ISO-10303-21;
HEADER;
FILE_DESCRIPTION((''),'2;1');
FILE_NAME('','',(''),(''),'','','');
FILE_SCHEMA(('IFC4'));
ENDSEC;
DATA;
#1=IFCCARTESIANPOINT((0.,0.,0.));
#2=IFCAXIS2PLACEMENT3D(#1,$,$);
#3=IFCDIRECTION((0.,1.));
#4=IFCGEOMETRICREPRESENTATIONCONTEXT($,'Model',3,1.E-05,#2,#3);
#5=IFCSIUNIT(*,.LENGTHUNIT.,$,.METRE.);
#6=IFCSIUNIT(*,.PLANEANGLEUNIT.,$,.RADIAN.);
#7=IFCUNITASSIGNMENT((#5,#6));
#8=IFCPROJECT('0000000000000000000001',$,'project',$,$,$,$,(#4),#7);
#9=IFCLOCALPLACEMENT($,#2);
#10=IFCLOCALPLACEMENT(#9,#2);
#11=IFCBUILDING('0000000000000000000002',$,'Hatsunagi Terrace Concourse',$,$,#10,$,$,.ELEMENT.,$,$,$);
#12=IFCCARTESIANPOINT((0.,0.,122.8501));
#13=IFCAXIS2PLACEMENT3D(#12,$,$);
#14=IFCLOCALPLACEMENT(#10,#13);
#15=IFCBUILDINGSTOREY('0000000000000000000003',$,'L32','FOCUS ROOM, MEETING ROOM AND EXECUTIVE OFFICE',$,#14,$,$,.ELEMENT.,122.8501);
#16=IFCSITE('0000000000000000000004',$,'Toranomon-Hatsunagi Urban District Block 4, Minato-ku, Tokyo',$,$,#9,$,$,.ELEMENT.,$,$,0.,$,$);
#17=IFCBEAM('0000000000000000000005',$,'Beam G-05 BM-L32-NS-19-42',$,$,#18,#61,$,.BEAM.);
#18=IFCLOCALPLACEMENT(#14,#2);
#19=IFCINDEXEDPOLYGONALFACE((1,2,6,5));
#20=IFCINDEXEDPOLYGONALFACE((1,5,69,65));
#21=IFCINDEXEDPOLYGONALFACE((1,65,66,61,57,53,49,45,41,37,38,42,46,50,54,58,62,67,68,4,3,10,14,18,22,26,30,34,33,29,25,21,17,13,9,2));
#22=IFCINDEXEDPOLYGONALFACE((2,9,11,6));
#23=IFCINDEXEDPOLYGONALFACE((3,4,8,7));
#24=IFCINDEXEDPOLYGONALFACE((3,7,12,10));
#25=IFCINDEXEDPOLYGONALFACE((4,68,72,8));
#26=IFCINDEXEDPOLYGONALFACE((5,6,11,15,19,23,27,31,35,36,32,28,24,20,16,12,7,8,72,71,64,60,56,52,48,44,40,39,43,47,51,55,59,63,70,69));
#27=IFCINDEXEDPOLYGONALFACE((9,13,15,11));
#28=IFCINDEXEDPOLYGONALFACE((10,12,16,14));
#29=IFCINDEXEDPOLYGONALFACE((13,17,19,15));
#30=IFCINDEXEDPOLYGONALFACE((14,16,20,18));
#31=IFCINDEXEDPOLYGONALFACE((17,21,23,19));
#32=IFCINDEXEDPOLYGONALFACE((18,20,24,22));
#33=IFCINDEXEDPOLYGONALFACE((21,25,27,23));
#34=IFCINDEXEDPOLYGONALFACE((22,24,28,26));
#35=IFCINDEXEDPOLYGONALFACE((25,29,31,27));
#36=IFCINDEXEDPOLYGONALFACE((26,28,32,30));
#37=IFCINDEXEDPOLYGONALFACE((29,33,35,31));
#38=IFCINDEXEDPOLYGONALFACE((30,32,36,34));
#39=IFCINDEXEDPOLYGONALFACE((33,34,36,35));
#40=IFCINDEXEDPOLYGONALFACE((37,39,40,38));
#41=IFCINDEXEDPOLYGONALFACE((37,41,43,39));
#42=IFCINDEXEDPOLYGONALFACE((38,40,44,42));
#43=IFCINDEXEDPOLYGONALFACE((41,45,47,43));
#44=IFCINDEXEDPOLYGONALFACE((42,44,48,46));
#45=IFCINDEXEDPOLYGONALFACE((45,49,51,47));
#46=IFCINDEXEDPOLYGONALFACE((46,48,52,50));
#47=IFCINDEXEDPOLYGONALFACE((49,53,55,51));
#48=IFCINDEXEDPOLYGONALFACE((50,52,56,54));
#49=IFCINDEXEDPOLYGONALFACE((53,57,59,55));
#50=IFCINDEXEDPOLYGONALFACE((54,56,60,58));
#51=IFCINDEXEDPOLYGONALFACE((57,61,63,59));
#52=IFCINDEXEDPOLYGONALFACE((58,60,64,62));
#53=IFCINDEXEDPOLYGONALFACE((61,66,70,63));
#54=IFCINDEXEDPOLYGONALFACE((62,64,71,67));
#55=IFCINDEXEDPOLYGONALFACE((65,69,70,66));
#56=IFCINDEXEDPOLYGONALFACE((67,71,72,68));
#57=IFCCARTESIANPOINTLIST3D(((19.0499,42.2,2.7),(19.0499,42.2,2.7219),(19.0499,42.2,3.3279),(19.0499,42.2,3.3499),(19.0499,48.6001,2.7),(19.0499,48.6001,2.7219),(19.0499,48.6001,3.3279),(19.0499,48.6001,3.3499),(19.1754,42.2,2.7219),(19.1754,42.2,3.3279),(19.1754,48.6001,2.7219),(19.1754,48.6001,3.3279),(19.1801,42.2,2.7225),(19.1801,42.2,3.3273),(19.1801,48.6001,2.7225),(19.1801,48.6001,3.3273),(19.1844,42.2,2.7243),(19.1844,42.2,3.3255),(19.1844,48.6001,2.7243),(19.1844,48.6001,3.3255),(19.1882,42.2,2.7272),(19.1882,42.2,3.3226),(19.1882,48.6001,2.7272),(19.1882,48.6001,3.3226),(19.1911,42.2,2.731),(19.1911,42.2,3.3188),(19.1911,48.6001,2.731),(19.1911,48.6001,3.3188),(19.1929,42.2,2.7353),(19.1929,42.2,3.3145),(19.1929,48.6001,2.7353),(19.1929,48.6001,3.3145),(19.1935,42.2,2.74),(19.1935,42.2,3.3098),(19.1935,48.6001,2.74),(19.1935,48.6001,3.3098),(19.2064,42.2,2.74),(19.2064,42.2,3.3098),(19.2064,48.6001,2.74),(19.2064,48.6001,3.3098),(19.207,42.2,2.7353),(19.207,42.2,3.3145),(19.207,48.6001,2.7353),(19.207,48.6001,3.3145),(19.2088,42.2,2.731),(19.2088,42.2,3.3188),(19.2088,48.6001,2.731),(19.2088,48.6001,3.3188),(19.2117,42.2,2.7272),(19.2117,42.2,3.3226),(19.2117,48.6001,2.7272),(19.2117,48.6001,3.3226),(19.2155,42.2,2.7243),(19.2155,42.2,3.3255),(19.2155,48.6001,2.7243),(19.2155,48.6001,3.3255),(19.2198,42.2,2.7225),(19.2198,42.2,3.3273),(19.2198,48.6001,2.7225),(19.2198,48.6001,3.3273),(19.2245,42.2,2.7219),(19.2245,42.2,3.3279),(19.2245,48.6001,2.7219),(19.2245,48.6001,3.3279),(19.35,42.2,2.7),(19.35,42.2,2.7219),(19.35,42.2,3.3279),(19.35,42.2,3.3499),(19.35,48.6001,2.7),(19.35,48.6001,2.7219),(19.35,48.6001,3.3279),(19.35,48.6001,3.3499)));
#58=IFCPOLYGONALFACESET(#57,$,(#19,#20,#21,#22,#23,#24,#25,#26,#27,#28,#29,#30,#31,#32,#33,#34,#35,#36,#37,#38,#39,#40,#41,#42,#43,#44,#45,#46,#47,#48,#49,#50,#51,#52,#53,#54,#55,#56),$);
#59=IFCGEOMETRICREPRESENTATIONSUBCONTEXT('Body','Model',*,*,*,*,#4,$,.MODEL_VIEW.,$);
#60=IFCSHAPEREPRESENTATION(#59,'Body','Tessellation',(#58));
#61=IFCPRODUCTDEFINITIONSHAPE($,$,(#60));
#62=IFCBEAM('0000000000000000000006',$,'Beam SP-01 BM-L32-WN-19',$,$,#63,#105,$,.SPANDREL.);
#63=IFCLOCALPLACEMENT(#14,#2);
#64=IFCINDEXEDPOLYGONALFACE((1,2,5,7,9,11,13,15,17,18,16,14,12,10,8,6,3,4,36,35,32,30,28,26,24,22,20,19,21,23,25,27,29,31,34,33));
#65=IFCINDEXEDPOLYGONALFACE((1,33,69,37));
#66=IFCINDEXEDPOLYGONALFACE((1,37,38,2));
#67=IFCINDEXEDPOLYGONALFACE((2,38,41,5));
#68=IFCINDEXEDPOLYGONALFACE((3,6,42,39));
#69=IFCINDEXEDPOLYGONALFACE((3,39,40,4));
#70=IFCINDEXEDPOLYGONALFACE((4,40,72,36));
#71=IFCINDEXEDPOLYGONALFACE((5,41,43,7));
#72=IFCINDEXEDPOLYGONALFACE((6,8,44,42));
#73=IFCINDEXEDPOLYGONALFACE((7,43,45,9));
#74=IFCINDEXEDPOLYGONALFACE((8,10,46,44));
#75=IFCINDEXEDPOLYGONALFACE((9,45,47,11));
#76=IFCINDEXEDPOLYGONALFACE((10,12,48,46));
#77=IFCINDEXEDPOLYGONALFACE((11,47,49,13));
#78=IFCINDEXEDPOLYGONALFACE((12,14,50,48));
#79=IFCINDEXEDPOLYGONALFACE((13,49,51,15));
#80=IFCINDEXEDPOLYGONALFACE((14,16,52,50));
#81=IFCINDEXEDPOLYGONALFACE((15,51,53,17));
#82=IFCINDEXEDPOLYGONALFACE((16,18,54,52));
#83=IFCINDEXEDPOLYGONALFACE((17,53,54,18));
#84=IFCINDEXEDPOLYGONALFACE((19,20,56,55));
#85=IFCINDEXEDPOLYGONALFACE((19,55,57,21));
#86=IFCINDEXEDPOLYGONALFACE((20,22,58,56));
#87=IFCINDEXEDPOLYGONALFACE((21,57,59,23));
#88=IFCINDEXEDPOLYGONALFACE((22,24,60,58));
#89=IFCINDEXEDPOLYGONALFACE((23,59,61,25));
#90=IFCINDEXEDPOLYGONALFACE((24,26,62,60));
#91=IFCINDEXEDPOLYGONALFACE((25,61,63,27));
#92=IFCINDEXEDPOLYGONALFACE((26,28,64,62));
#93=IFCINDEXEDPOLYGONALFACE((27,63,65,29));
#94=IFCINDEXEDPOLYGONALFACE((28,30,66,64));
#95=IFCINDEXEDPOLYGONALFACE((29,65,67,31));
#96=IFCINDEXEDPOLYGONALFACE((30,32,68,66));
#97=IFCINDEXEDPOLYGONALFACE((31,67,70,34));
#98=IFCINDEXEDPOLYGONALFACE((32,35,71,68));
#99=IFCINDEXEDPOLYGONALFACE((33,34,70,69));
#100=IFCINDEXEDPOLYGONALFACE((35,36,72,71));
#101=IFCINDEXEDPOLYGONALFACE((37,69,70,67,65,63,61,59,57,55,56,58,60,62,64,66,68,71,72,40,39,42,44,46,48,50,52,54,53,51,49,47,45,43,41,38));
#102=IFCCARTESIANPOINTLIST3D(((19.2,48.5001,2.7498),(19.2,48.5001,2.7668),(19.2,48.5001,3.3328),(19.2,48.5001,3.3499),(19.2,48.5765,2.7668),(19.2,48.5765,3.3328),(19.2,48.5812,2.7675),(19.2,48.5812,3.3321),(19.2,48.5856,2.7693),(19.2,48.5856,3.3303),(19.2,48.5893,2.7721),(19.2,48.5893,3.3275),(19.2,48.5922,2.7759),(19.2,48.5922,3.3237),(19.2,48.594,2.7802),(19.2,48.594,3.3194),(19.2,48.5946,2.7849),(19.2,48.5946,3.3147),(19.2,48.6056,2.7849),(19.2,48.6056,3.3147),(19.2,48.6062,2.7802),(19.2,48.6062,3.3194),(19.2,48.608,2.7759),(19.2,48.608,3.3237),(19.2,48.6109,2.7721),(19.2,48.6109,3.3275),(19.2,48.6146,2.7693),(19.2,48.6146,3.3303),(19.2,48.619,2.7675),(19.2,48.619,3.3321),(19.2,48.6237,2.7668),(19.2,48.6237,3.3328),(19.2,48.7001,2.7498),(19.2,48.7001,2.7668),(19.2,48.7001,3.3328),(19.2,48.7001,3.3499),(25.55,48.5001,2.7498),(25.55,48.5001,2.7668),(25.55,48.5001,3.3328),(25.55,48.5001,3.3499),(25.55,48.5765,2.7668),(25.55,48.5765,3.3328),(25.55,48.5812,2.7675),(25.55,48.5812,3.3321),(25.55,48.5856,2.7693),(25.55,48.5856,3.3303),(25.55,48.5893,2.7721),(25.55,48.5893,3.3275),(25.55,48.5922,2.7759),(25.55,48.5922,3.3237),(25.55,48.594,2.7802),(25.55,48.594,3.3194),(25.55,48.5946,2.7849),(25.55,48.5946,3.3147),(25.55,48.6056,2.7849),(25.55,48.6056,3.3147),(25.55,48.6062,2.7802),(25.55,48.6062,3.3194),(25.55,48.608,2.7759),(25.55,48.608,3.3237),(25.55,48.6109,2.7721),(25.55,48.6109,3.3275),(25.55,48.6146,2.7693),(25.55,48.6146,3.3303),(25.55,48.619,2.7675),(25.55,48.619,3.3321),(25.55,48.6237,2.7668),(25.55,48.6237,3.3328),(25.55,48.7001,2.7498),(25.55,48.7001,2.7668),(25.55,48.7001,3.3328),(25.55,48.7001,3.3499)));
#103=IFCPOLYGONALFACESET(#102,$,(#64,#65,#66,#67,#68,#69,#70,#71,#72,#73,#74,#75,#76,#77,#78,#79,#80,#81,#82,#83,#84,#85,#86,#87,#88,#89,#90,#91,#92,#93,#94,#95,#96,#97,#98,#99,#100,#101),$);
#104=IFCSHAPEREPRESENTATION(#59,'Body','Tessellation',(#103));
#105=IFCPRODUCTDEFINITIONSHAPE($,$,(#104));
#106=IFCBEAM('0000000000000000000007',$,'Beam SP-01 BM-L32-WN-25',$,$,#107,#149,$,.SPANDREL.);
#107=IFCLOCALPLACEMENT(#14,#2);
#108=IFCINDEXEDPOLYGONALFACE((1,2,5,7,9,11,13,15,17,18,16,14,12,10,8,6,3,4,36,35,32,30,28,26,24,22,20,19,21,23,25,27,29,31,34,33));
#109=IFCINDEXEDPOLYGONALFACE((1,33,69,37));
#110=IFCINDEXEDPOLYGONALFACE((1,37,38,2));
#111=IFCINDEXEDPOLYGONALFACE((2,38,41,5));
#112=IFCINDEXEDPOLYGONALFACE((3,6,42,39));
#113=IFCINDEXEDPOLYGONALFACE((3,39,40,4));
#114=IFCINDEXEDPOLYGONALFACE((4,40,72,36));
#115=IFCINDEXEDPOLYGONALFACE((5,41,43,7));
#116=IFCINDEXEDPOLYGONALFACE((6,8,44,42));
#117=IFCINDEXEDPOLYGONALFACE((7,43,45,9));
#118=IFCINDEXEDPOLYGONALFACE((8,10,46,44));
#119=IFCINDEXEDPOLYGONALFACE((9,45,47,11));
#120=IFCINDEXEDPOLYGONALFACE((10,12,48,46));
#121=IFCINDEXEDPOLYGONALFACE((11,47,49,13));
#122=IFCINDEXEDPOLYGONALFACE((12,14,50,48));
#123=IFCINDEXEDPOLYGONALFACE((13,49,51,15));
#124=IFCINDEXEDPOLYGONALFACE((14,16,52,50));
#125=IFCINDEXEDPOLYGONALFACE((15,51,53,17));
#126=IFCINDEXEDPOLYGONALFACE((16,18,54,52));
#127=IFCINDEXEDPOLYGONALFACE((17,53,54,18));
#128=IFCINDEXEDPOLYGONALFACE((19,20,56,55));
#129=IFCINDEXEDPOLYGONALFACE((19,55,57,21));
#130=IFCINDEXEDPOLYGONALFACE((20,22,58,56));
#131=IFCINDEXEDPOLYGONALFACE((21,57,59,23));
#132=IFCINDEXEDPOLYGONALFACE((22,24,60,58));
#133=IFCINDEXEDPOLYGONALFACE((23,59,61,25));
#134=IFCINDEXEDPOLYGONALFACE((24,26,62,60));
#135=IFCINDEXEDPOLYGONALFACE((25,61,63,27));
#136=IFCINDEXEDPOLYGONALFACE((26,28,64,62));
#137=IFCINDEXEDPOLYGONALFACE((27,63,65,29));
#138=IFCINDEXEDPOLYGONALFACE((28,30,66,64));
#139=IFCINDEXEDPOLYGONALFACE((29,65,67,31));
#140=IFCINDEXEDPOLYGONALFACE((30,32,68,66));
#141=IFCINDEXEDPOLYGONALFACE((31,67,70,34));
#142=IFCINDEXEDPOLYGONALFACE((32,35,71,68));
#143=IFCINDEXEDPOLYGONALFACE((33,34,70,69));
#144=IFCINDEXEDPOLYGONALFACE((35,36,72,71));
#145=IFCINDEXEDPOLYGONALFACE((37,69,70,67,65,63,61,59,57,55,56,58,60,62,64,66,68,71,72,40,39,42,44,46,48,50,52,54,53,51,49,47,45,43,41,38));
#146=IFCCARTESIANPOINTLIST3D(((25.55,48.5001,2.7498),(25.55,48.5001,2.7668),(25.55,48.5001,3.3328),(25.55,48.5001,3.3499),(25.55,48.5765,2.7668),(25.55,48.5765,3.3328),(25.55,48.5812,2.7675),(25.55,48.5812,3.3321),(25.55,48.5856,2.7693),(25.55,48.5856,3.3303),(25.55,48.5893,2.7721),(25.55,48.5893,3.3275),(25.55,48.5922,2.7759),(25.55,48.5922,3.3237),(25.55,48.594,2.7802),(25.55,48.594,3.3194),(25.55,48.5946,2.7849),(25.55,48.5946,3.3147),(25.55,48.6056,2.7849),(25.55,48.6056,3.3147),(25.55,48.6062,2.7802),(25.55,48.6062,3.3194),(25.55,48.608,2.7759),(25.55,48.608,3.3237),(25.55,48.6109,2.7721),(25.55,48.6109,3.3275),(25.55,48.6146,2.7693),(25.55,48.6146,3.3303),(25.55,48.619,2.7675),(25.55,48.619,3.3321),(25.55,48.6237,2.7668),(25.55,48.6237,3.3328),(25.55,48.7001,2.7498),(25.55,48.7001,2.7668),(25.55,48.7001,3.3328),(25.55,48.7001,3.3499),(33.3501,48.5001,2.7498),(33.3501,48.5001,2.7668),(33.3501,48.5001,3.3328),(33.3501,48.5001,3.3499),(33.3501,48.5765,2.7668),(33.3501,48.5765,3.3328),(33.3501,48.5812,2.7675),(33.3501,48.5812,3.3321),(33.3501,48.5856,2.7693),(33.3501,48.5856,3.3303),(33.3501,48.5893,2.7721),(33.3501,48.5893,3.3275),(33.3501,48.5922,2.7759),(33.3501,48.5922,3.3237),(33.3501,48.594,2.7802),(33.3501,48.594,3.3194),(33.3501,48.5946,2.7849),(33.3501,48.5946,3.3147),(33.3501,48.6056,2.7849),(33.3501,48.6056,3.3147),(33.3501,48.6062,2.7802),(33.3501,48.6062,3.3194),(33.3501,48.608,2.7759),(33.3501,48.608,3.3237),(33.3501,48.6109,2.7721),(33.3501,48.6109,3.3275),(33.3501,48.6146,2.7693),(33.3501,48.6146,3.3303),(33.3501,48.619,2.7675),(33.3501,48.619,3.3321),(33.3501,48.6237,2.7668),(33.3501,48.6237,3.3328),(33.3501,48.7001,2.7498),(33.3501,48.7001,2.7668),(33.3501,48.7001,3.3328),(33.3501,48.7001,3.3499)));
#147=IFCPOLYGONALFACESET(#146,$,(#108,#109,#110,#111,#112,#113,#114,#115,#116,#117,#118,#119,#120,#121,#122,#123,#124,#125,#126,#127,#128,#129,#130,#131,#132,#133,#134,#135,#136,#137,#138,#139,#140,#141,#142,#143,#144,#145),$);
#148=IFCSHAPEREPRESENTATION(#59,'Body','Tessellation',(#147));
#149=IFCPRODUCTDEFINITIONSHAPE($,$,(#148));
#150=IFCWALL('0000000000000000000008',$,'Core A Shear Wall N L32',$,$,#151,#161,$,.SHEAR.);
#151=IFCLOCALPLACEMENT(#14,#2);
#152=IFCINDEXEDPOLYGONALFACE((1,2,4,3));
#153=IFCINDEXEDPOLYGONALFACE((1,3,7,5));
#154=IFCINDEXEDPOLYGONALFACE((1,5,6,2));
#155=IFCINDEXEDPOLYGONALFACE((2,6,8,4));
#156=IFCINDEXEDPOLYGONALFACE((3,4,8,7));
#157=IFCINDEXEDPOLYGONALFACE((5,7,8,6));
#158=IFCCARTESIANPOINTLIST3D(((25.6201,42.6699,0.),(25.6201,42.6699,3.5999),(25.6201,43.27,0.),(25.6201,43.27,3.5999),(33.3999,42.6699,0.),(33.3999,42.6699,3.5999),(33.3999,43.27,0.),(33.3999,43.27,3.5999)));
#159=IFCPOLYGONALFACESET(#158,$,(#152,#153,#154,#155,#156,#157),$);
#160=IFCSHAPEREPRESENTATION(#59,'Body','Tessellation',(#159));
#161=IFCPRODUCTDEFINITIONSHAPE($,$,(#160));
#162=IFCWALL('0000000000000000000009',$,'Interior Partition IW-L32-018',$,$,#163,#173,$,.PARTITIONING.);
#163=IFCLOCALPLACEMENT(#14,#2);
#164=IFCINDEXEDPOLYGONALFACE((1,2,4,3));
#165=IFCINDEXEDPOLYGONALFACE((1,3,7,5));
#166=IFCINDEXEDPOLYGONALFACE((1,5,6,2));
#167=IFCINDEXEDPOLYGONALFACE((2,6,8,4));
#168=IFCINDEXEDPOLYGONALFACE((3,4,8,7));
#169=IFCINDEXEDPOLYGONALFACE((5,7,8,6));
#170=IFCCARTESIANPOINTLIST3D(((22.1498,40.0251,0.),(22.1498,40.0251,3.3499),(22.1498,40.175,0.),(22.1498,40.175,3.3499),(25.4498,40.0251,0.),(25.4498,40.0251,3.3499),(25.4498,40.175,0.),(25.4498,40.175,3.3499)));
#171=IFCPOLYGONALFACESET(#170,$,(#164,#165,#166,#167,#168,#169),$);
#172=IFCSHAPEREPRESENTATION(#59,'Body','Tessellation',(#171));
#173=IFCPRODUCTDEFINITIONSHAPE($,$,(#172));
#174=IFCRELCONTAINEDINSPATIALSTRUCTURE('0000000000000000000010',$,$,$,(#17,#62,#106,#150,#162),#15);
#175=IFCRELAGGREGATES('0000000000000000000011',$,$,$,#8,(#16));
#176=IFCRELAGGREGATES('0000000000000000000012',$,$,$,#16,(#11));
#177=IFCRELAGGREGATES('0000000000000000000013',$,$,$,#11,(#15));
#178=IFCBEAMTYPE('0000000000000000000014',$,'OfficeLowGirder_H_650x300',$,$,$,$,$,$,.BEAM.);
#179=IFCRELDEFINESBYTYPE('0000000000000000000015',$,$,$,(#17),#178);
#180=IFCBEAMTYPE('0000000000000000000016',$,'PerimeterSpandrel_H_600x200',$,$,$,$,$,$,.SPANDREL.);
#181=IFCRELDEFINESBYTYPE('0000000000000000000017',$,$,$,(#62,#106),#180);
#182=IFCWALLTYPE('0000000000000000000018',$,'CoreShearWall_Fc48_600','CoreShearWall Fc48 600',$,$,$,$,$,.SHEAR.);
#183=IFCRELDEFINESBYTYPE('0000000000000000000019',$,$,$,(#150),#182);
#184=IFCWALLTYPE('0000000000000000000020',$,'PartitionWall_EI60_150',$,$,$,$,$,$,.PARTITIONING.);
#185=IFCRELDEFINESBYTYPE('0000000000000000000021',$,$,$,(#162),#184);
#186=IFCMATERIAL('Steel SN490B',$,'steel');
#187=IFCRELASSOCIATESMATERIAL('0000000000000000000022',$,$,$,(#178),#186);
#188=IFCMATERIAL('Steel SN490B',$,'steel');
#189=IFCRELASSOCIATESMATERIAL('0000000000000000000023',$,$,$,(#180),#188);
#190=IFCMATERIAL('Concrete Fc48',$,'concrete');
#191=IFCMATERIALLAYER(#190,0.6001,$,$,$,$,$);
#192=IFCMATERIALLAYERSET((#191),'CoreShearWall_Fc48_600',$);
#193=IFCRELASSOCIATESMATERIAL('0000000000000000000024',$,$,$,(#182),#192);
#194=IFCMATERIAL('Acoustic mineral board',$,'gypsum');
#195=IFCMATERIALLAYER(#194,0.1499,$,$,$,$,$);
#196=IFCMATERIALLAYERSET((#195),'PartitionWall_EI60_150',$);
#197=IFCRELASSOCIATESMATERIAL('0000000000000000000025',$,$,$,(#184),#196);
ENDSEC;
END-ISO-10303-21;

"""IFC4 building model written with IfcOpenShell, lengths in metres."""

from ifc_helpers import new_model, si_unit, direction, frame, frame_2d, origin, origin_2d, place, context, subcontext, project, spatial, rectangle, i_section, extrude, material, layer, layer_set, material_profile, profile_set, type_object, element, save


model = new_model("IFC4")

# Units and contexts
model_context = context("Model", 3, precision=1e-05, world=origin(), true_north=direction((0.0, 1.0)))
body_context = subcontext(model_context, "Body", "Model", "MODEL_VIEW")
ifc_project = project(units=[si_unit("LENGTHUNIT", "METRE"), si_unit("PLANEANGLEUNIT", "RADIAN")], contexts=[model_context])

# Site, building, storey
site_placement = place(None, origin())
site = spatial("IfcSite", under=ifc_project, at=site_placement, Name="Toranomon-Hatsunagi Urban District Block 4, Minato-ku, Tokyo", CompositionType="ELEMENT", RefElevation=0.0)
building_placement = place(site_placement, origin())
building = spatial("IfcBuilding", under=site, at=building_placement, Name="Hatsunagi Terrace Concourse", CompositionType="ELEMENT")
storey_placement = place(building_placement, frame((0.0, 0.0, 122.8501)))
storey = spatial("IfcBuildingStorey", under=building, at=storey_placement, Name="L32", Description="FOCUS ROOM, MEETING ROOM AND EXECUTIVE OFFICE", CompositionType="ELEMENT", Elevation=122.8501)

# Beams
ifc_material_1 = material(Name="Steel SN490B", Category="steel")
ifc_material_profile_1 = material_profile(ifc_material_1, i_section(OverallWidth=0.3, OverallDepth=0.6499, WebThickness=0.0129, FlangeThickness=0.022, FilletRadius=0.0181, at=origin_2d()), Name="H-650x300x13x22")
ifc_profile_set_1 = profile_set([ifc_material_profile_1], Name="Steel SN490B")
beam_type_1 = type_object("IfcBeamType", Name="OfficeLowGirder_H_650x300", PredefinedType="BEAM", material=ifc_profile_set_1)
beam_1_placement = place(storey_placement, frame((19.2, 42.2, 3.0249), z_axis=(0.0, 1.0, 0.0), x_axis=(-1.0, 0.0, 0.0)))
element("IfcBeam", 1, at=beam_1_placement, inside=storey, type_object=beam_type_1, Name="Beam G-05 BM-L32-NS-19-42", PredefinedType="BEAM", context=body_context, shape_type="SweptSolid", body=[
    extrude(i_section(OverallWidth=0.3, OverallDepth=0.6499, WebThickness=0.0129, FlangeThickness=0.022, FilletRadius=0.0181, at=origin_2d()), origin(), (0.0, 0.0, 1.0), 6.4001),
])
ifc_material_2 = material(Name="Steel SN490B", Category="steel")
ifc_material_profile_2 = material_profile(ifc_material_2, i_section(OverallWidth=0.2, OverallDepth=0.6001, WebThickness=0.011, FlangeThickness=0.0171, FilletRadius=0.0181, at=origin_2d()), Name="H-600x200x11x17")
ifc_profile_set_2 = profile_set([ifc_material_profile_2], Name="Steel SN490B")
beam_type_2 = type_object("IfcBeamType", Name="PerimeterSpandrel_H_600x200", PredefinedType="SPANDREL", material=ifc_profile_set_2)
beam_2_placement = place(storey_placement, frame((19.2, 48.6001, 3.0498), z_axis=(1.0, 0.0, 0.0), x_axis=(0.0, 1.0, 0.0)))
element("IfcBeam", 2, at=beam_2_placement, inside=storey, type_object=beam_type_2, Name="Beam SP-01 BM-L32-WN-19", PredefinedType="SPANDREL", context=body_context, shape_type="SweptSolid", body=[
    extrude(i_section(OverallWidth=0.2, OverallDepth=0.6001, WebThickness=0.011, FlangeThickness=0.0171, FilletRadius=0.0181, at=origin_2d()), origin(), (0.0, 0.0, 1.0), 6.3501),
])
beam_3_placement = place(storey_placement, frame((25.55, 48.6001, 3.0498), z_axis=(1.0, 0.0, 0.0), x_axis=(0.0, 1.0, 0.0)))
element("IfcBeam", 3, at=beam_3_placement, inside=storey, type_object=beam_type_2, Name="Beam SP-01 BM-L32-WN-25", PredefinedType="SPANDREL", context=body_context, shape_type="SweptSolid", body=[
    extrude(i_section(OverallWidth=0.2, OverallDepth=0.6001, WebThickness=0.011, FlangeThickness=0.0171, FilletRadius=0.0181, at=origin_2d()), origin(), (0.0, 0.0, 1.0), 7.8),
])

# Walls
ifc_material_3 = material(Name="Concrete Fc48", Category="concrete")
ifc_layer_1 = layer(ifc_material_3, 0.6001)
ifc_layer_set_1 = layer_set([ifc_layer_1], Name="CoreShearWall_Fc48_600")
wall_type_1 = type_object("IfcWallType", Name="CoreShearWall_Fc48_600", Description="CoreShearWall Fc48 600", PredefinedType="SHEAR", material=ifc_layer_set_1)
wall_1_placement = place(storey_placement, frame((25.6201, 42.97, 0.0), z_axis=(0.0, 0.0, 1.0), x_axis=(1.0, 0.0, 0.0)))
element("IfcWall", 4, at=wall_1_placement, inside=storey, type_object=wall_type_1, Name="Core A Shear Wall N L32", PredefinedType="SHEAR", context=body_context, shape_type="SweptSolid", body=[
    extrude(rectangle(XDim=7.7798, YDim=0.6001, at=frame_2d((3.8899, 0.0))), origin(), (0.0, 0.0, 1.0), 3.5999),
])
ifc_material_4 = material(Name="Acoustic mineral board", Category="gypsum")
ifc_layer_2 = layer(ifc_material_4, 0.1499)
ifc_layer_set_2 = layer_set([ifc_layer_2], Name="PartitionWall_EI60_150")
wall_type_2 = type_object("IfcWallType", Name="PartitionWall_EI60_150", PredefinedType="PARTITIONING", material=ifc_layer_set_2)
wall_2_placement = place(storey_placement, frame((22.1499, 40.1001, 0.0), z_axis=(0.0, 0.0, 1.0), x_axis=(1.0, 0.0, 0.0)))
element("IfcWall", 5, at=wall_2_placement, inside=storey, type_object=wall_type_2, Name="Interior Partition IW-L32-018", PredefinedType="PARTITIONING", context=body_context, shape_type="SweptSolid", body=[
    extrude(rectangle(XDim=3.3, YDim=0.1499, at=frame_2d((1.6499, 0.0))), origin(), (0.0, 0.0, 1.0), 3.3499),
])

save(model, "model.ifc")
